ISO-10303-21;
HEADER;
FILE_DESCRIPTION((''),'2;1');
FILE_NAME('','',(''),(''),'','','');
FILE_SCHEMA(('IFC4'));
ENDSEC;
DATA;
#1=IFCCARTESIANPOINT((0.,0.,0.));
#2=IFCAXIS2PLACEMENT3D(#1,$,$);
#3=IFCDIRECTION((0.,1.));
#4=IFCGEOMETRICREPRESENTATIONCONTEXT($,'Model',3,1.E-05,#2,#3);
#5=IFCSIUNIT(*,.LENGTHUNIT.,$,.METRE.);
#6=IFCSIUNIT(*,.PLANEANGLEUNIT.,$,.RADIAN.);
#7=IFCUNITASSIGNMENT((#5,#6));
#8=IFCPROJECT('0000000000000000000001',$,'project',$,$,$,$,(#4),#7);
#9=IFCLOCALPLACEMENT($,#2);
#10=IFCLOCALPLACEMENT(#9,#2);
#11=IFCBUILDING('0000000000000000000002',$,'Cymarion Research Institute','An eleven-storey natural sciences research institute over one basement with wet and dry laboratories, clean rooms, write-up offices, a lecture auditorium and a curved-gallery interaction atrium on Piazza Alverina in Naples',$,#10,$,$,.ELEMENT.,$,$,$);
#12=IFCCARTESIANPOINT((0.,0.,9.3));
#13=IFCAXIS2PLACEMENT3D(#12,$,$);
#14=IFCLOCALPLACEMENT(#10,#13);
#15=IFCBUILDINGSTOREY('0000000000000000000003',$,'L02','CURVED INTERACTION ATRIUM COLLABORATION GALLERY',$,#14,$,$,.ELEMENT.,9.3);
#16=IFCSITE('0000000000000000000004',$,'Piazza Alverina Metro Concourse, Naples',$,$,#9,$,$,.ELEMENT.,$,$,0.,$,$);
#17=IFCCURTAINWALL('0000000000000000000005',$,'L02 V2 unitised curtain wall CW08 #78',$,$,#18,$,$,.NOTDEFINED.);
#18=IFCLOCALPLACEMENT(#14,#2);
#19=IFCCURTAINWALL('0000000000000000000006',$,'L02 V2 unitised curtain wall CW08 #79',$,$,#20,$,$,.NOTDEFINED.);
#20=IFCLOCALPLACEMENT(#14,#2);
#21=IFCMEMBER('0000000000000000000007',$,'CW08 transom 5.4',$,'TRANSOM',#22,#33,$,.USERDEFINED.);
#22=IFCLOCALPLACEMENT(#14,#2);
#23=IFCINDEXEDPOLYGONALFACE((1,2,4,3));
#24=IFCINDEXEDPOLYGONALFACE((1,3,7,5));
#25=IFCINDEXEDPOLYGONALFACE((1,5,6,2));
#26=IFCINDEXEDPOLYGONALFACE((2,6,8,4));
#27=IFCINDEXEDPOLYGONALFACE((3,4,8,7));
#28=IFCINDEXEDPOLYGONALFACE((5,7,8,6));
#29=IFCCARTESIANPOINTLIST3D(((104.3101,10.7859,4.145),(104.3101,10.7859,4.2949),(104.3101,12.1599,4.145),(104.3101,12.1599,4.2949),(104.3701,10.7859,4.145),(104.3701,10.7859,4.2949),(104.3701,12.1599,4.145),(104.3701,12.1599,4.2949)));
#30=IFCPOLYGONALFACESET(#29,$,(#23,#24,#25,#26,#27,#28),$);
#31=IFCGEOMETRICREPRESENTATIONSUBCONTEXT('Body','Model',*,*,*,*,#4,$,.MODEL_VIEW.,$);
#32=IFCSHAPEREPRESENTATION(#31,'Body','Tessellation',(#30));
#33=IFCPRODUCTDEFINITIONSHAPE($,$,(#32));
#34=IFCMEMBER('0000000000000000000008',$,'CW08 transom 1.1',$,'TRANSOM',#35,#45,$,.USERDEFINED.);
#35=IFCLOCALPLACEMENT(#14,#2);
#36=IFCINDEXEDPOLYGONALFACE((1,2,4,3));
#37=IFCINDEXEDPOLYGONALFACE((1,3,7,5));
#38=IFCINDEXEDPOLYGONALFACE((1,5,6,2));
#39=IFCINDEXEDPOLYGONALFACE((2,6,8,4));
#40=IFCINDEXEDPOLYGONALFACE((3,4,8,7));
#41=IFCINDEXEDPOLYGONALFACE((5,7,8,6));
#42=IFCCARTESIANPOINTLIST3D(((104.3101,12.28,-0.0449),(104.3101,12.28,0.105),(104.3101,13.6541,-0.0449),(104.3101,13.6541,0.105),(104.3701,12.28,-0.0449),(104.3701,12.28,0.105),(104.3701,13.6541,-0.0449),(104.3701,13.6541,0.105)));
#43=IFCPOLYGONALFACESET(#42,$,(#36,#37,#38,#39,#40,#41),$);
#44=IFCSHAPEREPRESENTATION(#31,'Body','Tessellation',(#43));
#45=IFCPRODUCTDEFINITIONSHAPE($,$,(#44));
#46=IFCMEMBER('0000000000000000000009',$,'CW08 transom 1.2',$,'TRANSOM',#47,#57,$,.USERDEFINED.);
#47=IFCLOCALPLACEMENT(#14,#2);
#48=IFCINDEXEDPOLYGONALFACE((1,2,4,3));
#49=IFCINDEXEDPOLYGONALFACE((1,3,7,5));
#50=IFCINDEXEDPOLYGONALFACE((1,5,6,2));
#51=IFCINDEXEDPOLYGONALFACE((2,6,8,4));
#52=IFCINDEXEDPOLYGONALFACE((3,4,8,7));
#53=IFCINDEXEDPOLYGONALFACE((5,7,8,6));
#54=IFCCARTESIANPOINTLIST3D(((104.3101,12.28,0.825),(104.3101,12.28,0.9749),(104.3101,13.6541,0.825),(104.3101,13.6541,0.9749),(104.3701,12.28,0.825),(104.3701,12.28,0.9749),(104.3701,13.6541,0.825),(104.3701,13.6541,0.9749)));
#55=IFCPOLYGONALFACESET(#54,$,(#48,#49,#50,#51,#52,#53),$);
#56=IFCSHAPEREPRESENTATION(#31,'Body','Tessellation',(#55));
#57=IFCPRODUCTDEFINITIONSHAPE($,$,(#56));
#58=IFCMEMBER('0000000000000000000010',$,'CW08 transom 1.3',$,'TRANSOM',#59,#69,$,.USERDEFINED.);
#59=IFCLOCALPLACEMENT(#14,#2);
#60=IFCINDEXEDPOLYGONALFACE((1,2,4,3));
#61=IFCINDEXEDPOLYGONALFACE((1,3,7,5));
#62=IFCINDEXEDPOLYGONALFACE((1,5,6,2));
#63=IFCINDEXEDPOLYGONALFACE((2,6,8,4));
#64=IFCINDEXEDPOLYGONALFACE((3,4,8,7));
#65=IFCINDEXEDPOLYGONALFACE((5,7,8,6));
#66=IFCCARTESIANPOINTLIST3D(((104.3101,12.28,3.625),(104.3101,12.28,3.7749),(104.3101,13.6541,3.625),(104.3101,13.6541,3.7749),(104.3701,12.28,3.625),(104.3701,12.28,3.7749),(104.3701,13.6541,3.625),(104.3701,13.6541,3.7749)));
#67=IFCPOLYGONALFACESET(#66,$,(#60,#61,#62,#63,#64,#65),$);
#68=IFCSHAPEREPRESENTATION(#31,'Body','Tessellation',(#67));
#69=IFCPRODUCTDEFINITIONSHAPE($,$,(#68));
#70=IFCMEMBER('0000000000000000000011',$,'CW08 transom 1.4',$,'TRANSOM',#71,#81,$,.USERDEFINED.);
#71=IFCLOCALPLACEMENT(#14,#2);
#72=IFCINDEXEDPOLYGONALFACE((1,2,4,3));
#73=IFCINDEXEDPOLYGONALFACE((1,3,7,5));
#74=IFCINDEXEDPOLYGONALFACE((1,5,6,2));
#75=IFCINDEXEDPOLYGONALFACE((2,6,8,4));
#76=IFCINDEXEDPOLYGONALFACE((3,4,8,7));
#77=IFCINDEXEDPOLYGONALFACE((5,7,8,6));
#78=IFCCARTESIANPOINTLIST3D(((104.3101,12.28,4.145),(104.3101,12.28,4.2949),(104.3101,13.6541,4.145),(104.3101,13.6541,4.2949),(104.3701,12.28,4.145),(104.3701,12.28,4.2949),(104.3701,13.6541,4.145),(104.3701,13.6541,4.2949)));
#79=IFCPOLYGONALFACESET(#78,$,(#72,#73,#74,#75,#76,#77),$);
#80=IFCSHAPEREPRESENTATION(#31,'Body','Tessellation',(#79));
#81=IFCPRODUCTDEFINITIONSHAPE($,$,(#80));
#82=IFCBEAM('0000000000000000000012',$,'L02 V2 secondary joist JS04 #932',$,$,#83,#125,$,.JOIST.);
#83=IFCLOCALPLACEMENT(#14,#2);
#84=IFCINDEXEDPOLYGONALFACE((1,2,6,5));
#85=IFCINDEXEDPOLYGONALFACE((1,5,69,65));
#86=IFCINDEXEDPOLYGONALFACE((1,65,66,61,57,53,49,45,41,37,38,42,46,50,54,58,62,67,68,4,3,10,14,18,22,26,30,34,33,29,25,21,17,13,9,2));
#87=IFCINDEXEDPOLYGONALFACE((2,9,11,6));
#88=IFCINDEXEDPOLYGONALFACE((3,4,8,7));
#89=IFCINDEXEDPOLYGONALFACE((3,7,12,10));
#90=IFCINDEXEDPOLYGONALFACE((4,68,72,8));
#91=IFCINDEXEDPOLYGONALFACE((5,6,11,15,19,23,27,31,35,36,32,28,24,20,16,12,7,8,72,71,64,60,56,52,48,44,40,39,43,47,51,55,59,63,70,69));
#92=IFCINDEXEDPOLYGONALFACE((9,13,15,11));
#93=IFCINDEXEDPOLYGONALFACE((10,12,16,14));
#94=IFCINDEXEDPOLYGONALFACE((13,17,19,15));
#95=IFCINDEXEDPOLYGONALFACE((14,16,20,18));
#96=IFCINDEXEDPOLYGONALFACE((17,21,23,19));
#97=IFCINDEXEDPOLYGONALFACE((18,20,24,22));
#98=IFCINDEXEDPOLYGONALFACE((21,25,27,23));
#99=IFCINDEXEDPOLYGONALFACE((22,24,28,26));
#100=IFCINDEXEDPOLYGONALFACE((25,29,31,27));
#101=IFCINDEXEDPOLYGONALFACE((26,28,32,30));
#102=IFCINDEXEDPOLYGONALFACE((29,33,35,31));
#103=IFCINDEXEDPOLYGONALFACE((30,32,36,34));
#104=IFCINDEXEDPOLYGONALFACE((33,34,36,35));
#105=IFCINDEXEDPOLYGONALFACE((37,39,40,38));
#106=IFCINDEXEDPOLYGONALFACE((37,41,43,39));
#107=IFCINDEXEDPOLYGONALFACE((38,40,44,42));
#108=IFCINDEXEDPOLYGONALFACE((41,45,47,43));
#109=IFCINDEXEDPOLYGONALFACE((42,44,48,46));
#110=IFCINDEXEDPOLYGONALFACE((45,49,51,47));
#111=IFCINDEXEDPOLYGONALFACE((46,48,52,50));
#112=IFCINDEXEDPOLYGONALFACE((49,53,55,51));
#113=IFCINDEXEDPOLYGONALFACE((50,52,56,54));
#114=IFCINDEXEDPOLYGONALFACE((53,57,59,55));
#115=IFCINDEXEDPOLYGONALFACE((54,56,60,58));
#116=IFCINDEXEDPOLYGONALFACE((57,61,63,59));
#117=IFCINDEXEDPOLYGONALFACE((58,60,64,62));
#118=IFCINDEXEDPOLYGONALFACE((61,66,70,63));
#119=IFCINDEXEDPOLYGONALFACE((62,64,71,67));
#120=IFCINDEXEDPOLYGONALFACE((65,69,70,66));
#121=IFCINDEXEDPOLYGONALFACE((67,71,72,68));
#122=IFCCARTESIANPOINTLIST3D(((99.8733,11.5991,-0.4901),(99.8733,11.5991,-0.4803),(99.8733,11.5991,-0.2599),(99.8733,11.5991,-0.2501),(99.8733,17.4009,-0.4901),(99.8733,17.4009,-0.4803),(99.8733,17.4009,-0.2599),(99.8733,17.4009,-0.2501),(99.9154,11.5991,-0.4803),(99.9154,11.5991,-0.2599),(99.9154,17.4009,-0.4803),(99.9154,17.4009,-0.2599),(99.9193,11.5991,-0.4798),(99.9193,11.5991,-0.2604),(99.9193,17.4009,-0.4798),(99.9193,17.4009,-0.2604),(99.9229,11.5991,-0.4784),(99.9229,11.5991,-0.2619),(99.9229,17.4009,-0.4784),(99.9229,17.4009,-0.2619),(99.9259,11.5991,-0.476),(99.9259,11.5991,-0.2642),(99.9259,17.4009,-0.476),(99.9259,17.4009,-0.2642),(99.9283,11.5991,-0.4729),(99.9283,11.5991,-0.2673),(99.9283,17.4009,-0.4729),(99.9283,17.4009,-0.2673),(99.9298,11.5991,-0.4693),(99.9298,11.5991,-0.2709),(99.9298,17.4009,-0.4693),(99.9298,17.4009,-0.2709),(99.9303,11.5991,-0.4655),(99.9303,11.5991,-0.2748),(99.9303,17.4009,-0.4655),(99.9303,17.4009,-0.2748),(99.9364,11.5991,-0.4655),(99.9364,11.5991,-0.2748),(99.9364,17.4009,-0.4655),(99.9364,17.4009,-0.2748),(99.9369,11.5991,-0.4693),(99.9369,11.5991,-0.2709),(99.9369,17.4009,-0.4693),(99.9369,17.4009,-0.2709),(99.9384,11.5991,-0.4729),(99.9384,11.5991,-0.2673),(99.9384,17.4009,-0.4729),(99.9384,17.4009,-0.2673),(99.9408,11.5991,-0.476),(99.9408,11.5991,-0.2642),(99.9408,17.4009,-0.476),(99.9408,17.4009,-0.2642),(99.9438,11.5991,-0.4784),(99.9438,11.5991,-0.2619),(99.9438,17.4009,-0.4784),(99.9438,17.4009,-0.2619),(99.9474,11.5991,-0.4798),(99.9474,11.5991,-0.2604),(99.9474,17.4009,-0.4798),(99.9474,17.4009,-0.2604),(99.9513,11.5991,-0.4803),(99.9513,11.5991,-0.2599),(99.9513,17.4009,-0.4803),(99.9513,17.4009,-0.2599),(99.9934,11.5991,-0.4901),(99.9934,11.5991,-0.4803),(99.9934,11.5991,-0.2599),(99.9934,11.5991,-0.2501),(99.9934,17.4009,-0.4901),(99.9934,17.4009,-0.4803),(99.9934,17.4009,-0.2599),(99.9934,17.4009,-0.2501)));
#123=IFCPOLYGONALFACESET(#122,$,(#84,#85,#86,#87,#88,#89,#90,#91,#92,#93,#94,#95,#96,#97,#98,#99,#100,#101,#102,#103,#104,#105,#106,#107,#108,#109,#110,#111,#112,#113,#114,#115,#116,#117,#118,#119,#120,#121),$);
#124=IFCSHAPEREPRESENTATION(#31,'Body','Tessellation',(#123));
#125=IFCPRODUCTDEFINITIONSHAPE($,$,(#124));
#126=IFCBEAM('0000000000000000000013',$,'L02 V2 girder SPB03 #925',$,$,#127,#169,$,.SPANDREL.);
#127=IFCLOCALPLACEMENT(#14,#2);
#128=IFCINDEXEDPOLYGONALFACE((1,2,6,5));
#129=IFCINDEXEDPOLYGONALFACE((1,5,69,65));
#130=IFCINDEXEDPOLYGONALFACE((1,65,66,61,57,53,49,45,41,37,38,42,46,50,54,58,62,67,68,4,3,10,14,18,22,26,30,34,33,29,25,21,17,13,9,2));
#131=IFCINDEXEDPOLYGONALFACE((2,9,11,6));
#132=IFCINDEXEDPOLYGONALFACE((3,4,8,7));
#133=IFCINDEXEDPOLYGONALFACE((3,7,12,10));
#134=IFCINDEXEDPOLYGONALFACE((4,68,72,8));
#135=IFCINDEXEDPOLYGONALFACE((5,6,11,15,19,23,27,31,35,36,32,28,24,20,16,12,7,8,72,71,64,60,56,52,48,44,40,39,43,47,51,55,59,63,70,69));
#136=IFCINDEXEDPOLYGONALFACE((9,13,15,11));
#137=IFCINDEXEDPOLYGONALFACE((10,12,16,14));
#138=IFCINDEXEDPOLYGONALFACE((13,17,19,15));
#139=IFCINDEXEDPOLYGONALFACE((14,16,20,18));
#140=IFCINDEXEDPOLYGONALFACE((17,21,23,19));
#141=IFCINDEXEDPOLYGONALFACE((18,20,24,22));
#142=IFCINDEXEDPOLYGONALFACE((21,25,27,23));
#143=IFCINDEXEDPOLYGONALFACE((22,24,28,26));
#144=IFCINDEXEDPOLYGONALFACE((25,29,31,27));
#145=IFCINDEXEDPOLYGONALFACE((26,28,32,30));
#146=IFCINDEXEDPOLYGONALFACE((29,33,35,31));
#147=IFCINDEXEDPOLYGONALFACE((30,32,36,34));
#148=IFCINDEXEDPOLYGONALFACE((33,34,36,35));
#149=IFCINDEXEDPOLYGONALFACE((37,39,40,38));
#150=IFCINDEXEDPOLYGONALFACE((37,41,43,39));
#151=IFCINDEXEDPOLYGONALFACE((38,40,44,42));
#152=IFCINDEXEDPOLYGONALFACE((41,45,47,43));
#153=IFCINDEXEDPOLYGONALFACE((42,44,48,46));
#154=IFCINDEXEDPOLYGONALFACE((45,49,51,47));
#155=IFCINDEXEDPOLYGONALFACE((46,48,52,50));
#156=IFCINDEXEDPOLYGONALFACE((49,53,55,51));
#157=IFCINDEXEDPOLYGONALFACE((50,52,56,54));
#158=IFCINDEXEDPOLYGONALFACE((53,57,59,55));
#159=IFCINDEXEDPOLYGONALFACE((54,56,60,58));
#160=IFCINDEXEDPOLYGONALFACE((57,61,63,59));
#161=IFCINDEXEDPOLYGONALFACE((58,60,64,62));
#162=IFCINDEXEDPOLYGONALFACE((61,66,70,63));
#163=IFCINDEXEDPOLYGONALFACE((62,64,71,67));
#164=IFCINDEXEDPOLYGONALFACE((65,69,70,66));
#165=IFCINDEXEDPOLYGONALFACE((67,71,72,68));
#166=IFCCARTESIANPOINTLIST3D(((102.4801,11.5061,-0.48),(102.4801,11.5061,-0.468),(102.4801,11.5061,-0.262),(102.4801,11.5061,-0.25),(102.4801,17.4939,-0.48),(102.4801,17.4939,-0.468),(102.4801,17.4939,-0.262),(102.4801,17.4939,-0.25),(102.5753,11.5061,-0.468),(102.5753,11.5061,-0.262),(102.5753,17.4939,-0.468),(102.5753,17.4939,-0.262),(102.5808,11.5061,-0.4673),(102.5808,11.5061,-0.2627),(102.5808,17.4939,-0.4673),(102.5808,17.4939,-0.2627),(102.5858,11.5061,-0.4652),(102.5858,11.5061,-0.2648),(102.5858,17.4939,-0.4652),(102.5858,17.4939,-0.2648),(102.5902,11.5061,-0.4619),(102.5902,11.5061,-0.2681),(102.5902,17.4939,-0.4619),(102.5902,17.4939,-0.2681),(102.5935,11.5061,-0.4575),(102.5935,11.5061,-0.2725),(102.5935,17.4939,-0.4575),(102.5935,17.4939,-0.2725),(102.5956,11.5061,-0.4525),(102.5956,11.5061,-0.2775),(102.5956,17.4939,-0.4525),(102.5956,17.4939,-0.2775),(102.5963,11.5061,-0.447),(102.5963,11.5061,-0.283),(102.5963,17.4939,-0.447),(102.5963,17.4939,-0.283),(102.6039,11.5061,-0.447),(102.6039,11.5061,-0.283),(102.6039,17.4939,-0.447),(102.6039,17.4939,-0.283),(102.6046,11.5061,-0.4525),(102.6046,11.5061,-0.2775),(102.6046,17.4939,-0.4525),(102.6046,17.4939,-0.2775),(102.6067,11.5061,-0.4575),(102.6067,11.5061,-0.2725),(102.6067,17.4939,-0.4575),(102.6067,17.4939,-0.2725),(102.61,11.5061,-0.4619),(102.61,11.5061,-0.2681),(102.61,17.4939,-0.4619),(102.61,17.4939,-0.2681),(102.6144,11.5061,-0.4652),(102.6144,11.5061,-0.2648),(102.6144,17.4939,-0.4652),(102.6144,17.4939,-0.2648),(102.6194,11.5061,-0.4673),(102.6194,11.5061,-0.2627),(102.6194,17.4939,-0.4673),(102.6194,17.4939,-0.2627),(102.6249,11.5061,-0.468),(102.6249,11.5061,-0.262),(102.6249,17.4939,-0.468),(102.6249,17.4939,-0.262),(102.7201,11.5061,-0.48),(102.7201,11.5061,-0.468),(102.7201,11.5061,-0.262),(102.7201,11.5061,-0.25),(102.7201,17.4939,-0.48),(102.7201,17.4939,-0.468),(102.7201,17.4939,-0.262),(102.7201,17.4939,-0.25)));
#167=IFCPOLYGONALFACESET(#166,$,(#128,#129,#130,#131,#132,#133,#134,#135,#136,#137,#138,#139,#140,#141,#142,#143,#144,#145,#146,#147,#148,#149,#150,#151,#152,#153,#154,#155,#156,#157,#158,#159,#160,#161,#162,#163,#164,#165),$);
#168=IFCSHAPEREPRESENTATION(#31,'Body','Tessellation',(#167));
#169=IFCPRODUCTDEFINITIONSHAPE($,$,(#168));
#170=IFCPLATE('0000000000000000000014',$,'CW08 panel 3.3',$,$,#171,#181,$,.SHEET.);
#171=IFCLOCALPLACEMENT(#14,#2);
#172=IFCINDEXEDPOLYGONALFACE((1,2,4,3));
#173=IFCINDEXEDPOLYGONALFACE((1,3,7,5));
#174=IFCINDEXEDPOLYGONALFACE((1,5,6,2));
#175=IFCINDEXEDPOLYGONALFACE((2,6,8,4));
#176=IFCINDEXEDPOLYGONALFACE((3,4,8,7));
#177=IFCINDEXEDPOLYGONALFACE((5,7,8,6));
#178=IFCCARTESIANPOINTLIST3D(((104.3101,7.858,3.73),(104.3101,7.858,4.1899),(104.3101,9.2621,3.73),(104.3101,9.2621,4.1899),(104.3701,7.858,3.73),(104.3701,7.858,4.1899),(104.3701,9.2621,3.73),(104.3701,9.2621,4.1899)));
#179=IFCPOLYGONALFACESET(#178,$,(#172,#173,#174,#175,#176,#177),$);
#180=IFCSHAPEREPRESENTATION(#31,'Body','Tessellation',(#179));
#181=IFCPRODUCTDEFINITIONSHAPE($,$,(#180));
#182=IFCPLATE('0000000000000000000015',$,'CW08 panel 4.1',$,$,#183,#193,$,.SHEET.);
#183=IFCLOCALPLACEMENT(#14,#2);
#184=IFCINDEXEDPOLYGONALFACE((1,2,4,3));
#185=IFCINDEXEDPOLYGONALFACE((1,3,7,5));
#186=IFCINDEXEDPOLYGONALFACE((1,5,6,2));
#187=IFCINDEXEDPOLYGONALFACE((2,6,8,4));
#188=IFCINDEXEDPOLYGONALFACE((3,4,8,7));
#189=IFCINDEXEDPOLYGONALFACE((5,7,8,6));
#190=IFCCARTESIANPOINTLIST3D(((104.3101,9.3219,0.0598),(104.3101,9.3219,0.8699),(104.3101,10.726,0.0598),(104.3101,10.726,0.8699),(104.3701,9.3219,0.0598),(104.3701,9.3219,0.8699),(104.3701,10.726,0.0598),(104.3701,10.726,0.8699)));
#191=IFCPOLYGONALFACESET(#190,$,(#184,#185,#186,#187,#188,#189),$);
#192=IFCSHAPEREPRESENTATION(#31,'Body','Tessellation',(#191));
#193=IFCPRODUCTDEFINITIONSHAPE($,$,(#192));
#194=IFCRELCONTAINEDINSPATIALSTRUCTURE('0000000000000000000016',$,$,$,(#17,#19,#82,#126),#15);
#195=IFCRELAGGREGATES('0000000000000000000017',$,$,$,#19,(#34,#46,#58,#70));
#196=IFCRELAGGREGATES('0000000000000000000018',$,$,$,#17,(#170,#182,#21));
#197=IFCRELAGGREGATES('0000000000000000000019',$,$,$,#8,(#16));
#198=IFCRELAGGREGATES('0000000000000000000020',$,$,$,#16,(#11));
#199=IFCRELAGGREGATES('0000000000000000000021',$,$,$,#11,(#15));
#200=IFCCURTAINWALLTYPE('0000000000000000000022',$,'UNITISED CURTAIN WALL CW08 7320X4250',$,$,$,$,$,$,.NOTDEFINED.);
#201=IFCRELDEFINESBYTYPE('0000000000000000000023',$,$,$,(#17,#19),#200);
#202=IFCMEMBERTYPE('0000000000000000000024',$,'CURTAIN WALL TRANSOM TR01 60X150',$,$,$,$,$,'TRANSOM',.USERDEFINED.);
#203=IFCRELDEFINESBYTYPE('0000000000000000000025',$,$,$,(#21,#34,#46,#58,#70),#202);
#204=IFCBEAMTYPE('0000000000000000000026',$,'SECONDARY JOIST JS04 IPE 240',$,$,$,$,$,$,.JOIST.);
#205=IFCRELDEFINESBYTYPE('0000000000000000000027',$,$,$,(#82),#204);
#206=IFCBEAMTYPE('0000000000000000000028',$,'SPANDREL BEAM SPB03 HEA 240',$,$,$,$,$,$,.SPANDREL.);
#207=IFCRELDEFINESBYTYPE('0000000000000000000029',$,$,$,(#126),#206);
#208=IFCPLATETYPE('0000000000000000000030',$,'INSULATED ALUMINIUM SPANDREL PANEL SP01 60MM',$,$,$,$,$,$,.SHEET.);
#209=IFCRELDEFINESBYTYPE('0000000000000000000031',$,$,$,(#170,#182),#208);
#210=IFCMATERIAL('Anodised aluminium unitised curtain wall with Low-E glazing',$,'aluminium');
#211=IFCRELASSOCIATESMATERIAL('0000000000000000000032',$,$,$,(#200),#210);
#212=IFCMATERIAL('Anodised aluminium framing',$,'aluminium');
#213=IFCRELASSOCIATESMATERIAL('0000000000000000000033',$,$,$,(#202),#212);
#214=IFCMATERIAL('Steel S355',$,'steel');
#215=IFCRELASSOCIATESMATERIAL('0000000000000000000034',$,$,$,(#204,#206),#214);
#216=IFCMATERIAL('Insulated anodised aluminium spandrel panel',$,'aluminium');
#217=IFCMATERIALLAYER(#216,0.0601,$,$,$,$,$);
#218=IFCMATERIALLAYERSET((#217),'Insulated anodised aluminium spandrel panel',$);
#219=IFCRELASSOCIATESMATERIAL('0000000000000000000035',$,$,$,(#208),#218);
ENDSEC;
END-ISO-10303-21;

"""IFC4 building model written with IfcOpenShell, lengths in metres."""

from ifc_helpers import new_model, si_unit, direction, frame, origin, origin_2d, place, context, subcontext, project, spatial, rectangle, i_section, extrude, material, layer, layer_set, material_profile, profile_set, type_object, element, aggregate, save


model = new_model("IFC4")

# Units and contexts
model_context = context("Model", 3, precision=1e-05, world=origin(), true_north=direction((0.0, 1.0)))
body_context = subcontext(model_context, "Body", "Model", "MODEL_VIEW")
ifc_project = project(units=[si_unit("LENGTHUNIT", "METRE"), si_unit("PLANEANGLEUNIT", "RADIAN")], contexts=[model_context])

# Site, building, storey
site_placement = place(None, origin())
site = spatial("IfcSite", under=ifc_project, at=site_placement, Name="Piazza Alverina Metro Concourse, Naples", CompositionType="ELEMENT", RefElevation=0.0)
building_placement = place(site_placement, origin())
building = spatial("IfcBuilding", under=site, at=building_placement, Name="Cymarion Research Institute", Description="An eleven-storey natural sciences research institute over one basement with wet and dry laboratories, clean rooms, write-up offices, a lecture auditorium and a curved-gallery interaction atrium on Piazza Alverina in Naples", CompositionType="ELEMENT")
storey_placement = place(building_placement, frame((0.0, 0.0, 9.3)))
storey = spatial("IfcBuildingStorey", under=building, at=storey_placement, Name="L02", Description="CURVED INTERACTION ATRIUM COLLABORATION GALLERY", CompositionType="ELEMENT", Elevation=9.3)

# Shared definitions
ifc_material_1 = material(Name="Steel S355", Category="steel")

# Curtain wall
ifc_material_2 = material(Name="Anodised aluminium unitised curtain wall with Low-E glazing", Category="aluminium")
curtain_wall_type = type_object("IfcCurtainWallType", Name="UNITISED CURTAIN WALL CW08 7320X4250", PredefinedType="NOTDEFINED", material=ifc_material_2)
curtain_wall_1_placement = place(storey_placement, origin())
curtain_wall_1 = element("IfcCurtainWall", 1, at=curtain_wall_1_placement, inside=storey, type_object=curtain_wall_type, Name="L02 V2 unitised curtain wall CW08 #78", PredefinedType="NOTDEFINED")
ifc_material_3 = material(Name="Anodised aluminium framing", Category="aluminium")

# Curtain wall
curtain_wall_2_placement = place(storey_placement, origin())
curtain_wall_2 = element("IfcCurtainWall", 2, at=curtain_wall_2_placement, inside=storey, type_object=curtain_wall_type, Name="L02 V2 unitised curtain wall CW08 #79", PredefinedType="NOTDEFINED")

# Members
ifc_material_profile_1 = material_profile(ifc_material_3, rectangle(XDim=0.0601, YDim=0.1499, at=origin_2d()), Name="ALU TRANSOM 60x150")
ifc_profile_set_1 = profile_set([ifc_material_profile_1], Name="Anodised aluminium framing")
member_type_1 = type_object("IfcMemberType", Name="CURTAIN WALL TRANSOM TR01 60X150", ElementType="TRANSOM", PredefinedType="USERDEFINED", material=ifc_profile_set_1)
member_1_placement = place(storey_placement, frame((104.3401, 10.7859, 4.22), z_axis=(0.0, 1.0, 0.0), x_axis=(-1.0, 0.0, 0.0)))
member_1 = element("IfcMember", 3, at=member_1_placement, type_object=member_type_1, Name="CW08 transom 5.4", ObjectType="TRANSOM", PredefinedType="USERDEFINED", context=body_context, shape_type="SweptSolid", body=[
    extrude(rectangle(XDim=0.0601, YDim=0.1499, at=origin_2d()), origin(), (0.0, 0.0, 1.0), 1.374),
])
member_2_placement = place(storey_placement, frame((104.3401, 12.28, 0.03), z_axis=(0.0, 1.0, 0.0), x_axis=(-1.0, 0.0, 0.0)))
member_2 = element("IfcMember", 4, at=member_2_placement, type_object=member_type_1, Name="CW08 transom 1.1", ObjectType="TRANSOM", PredefinedType="USERDEFINED", context=body_context, shape_type="SweptSolid", body=[
    extrude(rectangle(XDim=0.0601, YDim=0.1499, at=origin_2d()), origin(), (0.0, 0.0, 1.0), 1.374),
])
member_3_placement = place(storey_placement, frame((104.3401, 12.28, 0.8999), z_axis=(0.0, 1.0, 0.0), x_axis=(-1.0, 0.0, 0.0)))
member_3 = element("IfcMember", 5, at=member_3_placement, type_object=member_type_1, Name="CW08 transom 1.2", ObjectType="TRANSOM", PredefinedType="USERDEFINED", context=body_context, shape_type="SweptSolid", body=[
    extrude(rectangle(XDim=0.0601, YDim=0.1499, at=origin_2d()), origin(), (0.0, 0.0, 1.0), 1.374),
])
member_4_placement = place(storey_placement, frame((104.3401, 12.28, 3.7), z_axis=(0.0, 1.0, 0.0), x_axis=(-1.0, 0.0, 0.0)))
member_4 = element("IfcMember", 6, at=member_4_placement, type_object=member_type_1, Name="CW08 transom 1.3", ObjectType="TRANSOM", PredefinedType="USERDEFINED", context=body_context, shape_type="SweptSolid", body=[
    extrude(rectangle(XDim=0.0601, YDim=0.1499, at=origin_2d()), origin(), (0.0, 0.0, 1.0), 1.374),
])
member_5_placement = place(storey_placement, frame((104.3401, 12.28, 4.22), z_axis=(0.0, 1.0, 0.0), x_axis=(-1.0, 0.0, 0.0)))
member_5 = element("IfcMember", 7, at=member_5_placement, type_object=member_type_1, Name="CW08 transom 1.4", ObjectType="TRANSOM", PredefinedType="USERDEFINED", context=body_context, shape_type="SweptSolid", body=[
    extrude(rectangle(XDim=0.0601, YDim=0.1499, at=origin_2d()), origin(), (0.0, 0.0, 1.0), 1.374),
])

# Beams
ifc_material_profile_2 = material_profile(ifc_material_1, i_section(OverallWidth=0.1201, OverallDepth=0.24, WebThickness=0.0061, FlangeThickness=0.0098, FilletRadius=0.0149, at=origin_2d()), Name="IPE 240")
ifc_profile_set_2 = profile_set([ifc_material_profile_2], Name="Steel S355")
beam_type_1 = type_object("IfcBeamType", Name="SECONDARY JOIST JS04 IPE 240", PredefinedType="JOIST", material=ifc_profile_set_2)
beam_1_placement = place(storey_placement, frame((99.9333, 11.5991, -0.3701), z_axis=(0.0, 1.0, 0.0), x_axis=(-1.0, 0.0, 0.0)))
element("IfcBeam", 8, at=beam_1_placement, inside=storey, type_object=beam_type_1, Name="L02 V2 secondary joist JS04 #932", PredefinedType="JOIST", context=body_context, shape_type="SweptSolid", body=[
    extrude(i_section(OverallWidth=0.1201, OverallDepth=0.24, WebThickness=0.0061, FlangeThickness=0.0098, FilletRadius=0.0149, at=origin_2d()), origin(), (0.0, 0.0, 1.0), 5.8018),
])
ifc_material_profile_3 = material_profile(ifc_material_1, i_section(OverallWidth=0.24, OverallDepth=0.23, WebThickness=0.0076, FlangeThickness=0.012, FilletRadius=0.021, at=origin_2d()), Name="HEA 240")
ifc_profile_set_3 = profile_set([ifc_material_profile_3], Name="Steel S355")
beam_type_2 = type_object("IfcBeamType", Name="SPANDREL BEAM SPB03 HEA 240", PredefinedType="SPANDREL", material=ifc_profile_set_3)
beam_2_placement = place(storey_placement, frame((102.6001, 11.5061, -0.365), z_axis=(0.0, 1.0, 0.0), x_axis=(-1.0, 0.0, 0.0)))
element("IfcBeam", 9, at=beam_2_placement, inside=storey, type_object=beam_type_2, Name="L02 V2 girder SPB03 #925", PredefinedType="SPANDREL", context=body_context, shape_type="SweptSolid", body=[
    extrude(i_section(OverallWidth=0.24, OverallDepth=0.23, WebThickness=0.0076, FlangeThickness=0.012, FilletRadius=0.021, at=origin_2d()), origin(), (0.0, 0.0, 1.0), 5.9878),
])

# Plates
ifc_material_4 = material(Name="Insulated anodised aluminium spandrel panel", Category="aluminium")
ifc_layer_1 = layer(ifc_material_4, 0.0601)
ifc_layer_set_1 = layer_set([ifc_layer_1], Name="Insulated anodised aluminium spandrel panel")
plate_type_1 = type_object("IfcPlateType", Name="INSULATED ALUMINIUM SPANDREL PANEL SP01 60MM", PredefinedType="SHEET", material=ifc_layer_set_1)
plate_1_placement = place(storey_placement, frame((104.3401, 8.5601, 3.73), z_axis=(0.0, 0.0, 1.0), x_axis=(0.0, 1.0, 0.0)))
plate_1 = element("IfcPlate", 10, at=plate_1_placement, type_object=plate_type_1, Name="CW08 panel 3.3", PredefinedType="SHEET", context=body_context, shape_type="SweptSolid", body=[
    extrude(rectangle(XDim=1.4041, YDim=0.0601, at=origin_2d()), origin(), (0.0, 0.0, 1.0), 0.46),
])
plate_2_placement = place(storey_placement, frame((104.3401, 10.0239, 0.0598), z_axis=(0.0, 0.0, 1.0), x_axis=(0.0, 1.0, 0.0)))
plate_2 = element("IfcPlate", 11, at=plate_2_placement, type_object=plate_type_1, Name="CW08 panel 4.1", PredefinedType="SHEET", context=body_context, shape_type="SweptSolid", body=[
    extrude(rectangle(XDim=1.4041, YDim=0.0601, at=origin_2d()), origin(), (0.0, 0.0, 1.0), 0.8101),
])
aggregate(curtain_wall_2, [member_2, member_3, member_4, member_5])
aggregate(curtain_wall_1, [plate_1, plate_2, member_1])

save(model, "model.ifc")
